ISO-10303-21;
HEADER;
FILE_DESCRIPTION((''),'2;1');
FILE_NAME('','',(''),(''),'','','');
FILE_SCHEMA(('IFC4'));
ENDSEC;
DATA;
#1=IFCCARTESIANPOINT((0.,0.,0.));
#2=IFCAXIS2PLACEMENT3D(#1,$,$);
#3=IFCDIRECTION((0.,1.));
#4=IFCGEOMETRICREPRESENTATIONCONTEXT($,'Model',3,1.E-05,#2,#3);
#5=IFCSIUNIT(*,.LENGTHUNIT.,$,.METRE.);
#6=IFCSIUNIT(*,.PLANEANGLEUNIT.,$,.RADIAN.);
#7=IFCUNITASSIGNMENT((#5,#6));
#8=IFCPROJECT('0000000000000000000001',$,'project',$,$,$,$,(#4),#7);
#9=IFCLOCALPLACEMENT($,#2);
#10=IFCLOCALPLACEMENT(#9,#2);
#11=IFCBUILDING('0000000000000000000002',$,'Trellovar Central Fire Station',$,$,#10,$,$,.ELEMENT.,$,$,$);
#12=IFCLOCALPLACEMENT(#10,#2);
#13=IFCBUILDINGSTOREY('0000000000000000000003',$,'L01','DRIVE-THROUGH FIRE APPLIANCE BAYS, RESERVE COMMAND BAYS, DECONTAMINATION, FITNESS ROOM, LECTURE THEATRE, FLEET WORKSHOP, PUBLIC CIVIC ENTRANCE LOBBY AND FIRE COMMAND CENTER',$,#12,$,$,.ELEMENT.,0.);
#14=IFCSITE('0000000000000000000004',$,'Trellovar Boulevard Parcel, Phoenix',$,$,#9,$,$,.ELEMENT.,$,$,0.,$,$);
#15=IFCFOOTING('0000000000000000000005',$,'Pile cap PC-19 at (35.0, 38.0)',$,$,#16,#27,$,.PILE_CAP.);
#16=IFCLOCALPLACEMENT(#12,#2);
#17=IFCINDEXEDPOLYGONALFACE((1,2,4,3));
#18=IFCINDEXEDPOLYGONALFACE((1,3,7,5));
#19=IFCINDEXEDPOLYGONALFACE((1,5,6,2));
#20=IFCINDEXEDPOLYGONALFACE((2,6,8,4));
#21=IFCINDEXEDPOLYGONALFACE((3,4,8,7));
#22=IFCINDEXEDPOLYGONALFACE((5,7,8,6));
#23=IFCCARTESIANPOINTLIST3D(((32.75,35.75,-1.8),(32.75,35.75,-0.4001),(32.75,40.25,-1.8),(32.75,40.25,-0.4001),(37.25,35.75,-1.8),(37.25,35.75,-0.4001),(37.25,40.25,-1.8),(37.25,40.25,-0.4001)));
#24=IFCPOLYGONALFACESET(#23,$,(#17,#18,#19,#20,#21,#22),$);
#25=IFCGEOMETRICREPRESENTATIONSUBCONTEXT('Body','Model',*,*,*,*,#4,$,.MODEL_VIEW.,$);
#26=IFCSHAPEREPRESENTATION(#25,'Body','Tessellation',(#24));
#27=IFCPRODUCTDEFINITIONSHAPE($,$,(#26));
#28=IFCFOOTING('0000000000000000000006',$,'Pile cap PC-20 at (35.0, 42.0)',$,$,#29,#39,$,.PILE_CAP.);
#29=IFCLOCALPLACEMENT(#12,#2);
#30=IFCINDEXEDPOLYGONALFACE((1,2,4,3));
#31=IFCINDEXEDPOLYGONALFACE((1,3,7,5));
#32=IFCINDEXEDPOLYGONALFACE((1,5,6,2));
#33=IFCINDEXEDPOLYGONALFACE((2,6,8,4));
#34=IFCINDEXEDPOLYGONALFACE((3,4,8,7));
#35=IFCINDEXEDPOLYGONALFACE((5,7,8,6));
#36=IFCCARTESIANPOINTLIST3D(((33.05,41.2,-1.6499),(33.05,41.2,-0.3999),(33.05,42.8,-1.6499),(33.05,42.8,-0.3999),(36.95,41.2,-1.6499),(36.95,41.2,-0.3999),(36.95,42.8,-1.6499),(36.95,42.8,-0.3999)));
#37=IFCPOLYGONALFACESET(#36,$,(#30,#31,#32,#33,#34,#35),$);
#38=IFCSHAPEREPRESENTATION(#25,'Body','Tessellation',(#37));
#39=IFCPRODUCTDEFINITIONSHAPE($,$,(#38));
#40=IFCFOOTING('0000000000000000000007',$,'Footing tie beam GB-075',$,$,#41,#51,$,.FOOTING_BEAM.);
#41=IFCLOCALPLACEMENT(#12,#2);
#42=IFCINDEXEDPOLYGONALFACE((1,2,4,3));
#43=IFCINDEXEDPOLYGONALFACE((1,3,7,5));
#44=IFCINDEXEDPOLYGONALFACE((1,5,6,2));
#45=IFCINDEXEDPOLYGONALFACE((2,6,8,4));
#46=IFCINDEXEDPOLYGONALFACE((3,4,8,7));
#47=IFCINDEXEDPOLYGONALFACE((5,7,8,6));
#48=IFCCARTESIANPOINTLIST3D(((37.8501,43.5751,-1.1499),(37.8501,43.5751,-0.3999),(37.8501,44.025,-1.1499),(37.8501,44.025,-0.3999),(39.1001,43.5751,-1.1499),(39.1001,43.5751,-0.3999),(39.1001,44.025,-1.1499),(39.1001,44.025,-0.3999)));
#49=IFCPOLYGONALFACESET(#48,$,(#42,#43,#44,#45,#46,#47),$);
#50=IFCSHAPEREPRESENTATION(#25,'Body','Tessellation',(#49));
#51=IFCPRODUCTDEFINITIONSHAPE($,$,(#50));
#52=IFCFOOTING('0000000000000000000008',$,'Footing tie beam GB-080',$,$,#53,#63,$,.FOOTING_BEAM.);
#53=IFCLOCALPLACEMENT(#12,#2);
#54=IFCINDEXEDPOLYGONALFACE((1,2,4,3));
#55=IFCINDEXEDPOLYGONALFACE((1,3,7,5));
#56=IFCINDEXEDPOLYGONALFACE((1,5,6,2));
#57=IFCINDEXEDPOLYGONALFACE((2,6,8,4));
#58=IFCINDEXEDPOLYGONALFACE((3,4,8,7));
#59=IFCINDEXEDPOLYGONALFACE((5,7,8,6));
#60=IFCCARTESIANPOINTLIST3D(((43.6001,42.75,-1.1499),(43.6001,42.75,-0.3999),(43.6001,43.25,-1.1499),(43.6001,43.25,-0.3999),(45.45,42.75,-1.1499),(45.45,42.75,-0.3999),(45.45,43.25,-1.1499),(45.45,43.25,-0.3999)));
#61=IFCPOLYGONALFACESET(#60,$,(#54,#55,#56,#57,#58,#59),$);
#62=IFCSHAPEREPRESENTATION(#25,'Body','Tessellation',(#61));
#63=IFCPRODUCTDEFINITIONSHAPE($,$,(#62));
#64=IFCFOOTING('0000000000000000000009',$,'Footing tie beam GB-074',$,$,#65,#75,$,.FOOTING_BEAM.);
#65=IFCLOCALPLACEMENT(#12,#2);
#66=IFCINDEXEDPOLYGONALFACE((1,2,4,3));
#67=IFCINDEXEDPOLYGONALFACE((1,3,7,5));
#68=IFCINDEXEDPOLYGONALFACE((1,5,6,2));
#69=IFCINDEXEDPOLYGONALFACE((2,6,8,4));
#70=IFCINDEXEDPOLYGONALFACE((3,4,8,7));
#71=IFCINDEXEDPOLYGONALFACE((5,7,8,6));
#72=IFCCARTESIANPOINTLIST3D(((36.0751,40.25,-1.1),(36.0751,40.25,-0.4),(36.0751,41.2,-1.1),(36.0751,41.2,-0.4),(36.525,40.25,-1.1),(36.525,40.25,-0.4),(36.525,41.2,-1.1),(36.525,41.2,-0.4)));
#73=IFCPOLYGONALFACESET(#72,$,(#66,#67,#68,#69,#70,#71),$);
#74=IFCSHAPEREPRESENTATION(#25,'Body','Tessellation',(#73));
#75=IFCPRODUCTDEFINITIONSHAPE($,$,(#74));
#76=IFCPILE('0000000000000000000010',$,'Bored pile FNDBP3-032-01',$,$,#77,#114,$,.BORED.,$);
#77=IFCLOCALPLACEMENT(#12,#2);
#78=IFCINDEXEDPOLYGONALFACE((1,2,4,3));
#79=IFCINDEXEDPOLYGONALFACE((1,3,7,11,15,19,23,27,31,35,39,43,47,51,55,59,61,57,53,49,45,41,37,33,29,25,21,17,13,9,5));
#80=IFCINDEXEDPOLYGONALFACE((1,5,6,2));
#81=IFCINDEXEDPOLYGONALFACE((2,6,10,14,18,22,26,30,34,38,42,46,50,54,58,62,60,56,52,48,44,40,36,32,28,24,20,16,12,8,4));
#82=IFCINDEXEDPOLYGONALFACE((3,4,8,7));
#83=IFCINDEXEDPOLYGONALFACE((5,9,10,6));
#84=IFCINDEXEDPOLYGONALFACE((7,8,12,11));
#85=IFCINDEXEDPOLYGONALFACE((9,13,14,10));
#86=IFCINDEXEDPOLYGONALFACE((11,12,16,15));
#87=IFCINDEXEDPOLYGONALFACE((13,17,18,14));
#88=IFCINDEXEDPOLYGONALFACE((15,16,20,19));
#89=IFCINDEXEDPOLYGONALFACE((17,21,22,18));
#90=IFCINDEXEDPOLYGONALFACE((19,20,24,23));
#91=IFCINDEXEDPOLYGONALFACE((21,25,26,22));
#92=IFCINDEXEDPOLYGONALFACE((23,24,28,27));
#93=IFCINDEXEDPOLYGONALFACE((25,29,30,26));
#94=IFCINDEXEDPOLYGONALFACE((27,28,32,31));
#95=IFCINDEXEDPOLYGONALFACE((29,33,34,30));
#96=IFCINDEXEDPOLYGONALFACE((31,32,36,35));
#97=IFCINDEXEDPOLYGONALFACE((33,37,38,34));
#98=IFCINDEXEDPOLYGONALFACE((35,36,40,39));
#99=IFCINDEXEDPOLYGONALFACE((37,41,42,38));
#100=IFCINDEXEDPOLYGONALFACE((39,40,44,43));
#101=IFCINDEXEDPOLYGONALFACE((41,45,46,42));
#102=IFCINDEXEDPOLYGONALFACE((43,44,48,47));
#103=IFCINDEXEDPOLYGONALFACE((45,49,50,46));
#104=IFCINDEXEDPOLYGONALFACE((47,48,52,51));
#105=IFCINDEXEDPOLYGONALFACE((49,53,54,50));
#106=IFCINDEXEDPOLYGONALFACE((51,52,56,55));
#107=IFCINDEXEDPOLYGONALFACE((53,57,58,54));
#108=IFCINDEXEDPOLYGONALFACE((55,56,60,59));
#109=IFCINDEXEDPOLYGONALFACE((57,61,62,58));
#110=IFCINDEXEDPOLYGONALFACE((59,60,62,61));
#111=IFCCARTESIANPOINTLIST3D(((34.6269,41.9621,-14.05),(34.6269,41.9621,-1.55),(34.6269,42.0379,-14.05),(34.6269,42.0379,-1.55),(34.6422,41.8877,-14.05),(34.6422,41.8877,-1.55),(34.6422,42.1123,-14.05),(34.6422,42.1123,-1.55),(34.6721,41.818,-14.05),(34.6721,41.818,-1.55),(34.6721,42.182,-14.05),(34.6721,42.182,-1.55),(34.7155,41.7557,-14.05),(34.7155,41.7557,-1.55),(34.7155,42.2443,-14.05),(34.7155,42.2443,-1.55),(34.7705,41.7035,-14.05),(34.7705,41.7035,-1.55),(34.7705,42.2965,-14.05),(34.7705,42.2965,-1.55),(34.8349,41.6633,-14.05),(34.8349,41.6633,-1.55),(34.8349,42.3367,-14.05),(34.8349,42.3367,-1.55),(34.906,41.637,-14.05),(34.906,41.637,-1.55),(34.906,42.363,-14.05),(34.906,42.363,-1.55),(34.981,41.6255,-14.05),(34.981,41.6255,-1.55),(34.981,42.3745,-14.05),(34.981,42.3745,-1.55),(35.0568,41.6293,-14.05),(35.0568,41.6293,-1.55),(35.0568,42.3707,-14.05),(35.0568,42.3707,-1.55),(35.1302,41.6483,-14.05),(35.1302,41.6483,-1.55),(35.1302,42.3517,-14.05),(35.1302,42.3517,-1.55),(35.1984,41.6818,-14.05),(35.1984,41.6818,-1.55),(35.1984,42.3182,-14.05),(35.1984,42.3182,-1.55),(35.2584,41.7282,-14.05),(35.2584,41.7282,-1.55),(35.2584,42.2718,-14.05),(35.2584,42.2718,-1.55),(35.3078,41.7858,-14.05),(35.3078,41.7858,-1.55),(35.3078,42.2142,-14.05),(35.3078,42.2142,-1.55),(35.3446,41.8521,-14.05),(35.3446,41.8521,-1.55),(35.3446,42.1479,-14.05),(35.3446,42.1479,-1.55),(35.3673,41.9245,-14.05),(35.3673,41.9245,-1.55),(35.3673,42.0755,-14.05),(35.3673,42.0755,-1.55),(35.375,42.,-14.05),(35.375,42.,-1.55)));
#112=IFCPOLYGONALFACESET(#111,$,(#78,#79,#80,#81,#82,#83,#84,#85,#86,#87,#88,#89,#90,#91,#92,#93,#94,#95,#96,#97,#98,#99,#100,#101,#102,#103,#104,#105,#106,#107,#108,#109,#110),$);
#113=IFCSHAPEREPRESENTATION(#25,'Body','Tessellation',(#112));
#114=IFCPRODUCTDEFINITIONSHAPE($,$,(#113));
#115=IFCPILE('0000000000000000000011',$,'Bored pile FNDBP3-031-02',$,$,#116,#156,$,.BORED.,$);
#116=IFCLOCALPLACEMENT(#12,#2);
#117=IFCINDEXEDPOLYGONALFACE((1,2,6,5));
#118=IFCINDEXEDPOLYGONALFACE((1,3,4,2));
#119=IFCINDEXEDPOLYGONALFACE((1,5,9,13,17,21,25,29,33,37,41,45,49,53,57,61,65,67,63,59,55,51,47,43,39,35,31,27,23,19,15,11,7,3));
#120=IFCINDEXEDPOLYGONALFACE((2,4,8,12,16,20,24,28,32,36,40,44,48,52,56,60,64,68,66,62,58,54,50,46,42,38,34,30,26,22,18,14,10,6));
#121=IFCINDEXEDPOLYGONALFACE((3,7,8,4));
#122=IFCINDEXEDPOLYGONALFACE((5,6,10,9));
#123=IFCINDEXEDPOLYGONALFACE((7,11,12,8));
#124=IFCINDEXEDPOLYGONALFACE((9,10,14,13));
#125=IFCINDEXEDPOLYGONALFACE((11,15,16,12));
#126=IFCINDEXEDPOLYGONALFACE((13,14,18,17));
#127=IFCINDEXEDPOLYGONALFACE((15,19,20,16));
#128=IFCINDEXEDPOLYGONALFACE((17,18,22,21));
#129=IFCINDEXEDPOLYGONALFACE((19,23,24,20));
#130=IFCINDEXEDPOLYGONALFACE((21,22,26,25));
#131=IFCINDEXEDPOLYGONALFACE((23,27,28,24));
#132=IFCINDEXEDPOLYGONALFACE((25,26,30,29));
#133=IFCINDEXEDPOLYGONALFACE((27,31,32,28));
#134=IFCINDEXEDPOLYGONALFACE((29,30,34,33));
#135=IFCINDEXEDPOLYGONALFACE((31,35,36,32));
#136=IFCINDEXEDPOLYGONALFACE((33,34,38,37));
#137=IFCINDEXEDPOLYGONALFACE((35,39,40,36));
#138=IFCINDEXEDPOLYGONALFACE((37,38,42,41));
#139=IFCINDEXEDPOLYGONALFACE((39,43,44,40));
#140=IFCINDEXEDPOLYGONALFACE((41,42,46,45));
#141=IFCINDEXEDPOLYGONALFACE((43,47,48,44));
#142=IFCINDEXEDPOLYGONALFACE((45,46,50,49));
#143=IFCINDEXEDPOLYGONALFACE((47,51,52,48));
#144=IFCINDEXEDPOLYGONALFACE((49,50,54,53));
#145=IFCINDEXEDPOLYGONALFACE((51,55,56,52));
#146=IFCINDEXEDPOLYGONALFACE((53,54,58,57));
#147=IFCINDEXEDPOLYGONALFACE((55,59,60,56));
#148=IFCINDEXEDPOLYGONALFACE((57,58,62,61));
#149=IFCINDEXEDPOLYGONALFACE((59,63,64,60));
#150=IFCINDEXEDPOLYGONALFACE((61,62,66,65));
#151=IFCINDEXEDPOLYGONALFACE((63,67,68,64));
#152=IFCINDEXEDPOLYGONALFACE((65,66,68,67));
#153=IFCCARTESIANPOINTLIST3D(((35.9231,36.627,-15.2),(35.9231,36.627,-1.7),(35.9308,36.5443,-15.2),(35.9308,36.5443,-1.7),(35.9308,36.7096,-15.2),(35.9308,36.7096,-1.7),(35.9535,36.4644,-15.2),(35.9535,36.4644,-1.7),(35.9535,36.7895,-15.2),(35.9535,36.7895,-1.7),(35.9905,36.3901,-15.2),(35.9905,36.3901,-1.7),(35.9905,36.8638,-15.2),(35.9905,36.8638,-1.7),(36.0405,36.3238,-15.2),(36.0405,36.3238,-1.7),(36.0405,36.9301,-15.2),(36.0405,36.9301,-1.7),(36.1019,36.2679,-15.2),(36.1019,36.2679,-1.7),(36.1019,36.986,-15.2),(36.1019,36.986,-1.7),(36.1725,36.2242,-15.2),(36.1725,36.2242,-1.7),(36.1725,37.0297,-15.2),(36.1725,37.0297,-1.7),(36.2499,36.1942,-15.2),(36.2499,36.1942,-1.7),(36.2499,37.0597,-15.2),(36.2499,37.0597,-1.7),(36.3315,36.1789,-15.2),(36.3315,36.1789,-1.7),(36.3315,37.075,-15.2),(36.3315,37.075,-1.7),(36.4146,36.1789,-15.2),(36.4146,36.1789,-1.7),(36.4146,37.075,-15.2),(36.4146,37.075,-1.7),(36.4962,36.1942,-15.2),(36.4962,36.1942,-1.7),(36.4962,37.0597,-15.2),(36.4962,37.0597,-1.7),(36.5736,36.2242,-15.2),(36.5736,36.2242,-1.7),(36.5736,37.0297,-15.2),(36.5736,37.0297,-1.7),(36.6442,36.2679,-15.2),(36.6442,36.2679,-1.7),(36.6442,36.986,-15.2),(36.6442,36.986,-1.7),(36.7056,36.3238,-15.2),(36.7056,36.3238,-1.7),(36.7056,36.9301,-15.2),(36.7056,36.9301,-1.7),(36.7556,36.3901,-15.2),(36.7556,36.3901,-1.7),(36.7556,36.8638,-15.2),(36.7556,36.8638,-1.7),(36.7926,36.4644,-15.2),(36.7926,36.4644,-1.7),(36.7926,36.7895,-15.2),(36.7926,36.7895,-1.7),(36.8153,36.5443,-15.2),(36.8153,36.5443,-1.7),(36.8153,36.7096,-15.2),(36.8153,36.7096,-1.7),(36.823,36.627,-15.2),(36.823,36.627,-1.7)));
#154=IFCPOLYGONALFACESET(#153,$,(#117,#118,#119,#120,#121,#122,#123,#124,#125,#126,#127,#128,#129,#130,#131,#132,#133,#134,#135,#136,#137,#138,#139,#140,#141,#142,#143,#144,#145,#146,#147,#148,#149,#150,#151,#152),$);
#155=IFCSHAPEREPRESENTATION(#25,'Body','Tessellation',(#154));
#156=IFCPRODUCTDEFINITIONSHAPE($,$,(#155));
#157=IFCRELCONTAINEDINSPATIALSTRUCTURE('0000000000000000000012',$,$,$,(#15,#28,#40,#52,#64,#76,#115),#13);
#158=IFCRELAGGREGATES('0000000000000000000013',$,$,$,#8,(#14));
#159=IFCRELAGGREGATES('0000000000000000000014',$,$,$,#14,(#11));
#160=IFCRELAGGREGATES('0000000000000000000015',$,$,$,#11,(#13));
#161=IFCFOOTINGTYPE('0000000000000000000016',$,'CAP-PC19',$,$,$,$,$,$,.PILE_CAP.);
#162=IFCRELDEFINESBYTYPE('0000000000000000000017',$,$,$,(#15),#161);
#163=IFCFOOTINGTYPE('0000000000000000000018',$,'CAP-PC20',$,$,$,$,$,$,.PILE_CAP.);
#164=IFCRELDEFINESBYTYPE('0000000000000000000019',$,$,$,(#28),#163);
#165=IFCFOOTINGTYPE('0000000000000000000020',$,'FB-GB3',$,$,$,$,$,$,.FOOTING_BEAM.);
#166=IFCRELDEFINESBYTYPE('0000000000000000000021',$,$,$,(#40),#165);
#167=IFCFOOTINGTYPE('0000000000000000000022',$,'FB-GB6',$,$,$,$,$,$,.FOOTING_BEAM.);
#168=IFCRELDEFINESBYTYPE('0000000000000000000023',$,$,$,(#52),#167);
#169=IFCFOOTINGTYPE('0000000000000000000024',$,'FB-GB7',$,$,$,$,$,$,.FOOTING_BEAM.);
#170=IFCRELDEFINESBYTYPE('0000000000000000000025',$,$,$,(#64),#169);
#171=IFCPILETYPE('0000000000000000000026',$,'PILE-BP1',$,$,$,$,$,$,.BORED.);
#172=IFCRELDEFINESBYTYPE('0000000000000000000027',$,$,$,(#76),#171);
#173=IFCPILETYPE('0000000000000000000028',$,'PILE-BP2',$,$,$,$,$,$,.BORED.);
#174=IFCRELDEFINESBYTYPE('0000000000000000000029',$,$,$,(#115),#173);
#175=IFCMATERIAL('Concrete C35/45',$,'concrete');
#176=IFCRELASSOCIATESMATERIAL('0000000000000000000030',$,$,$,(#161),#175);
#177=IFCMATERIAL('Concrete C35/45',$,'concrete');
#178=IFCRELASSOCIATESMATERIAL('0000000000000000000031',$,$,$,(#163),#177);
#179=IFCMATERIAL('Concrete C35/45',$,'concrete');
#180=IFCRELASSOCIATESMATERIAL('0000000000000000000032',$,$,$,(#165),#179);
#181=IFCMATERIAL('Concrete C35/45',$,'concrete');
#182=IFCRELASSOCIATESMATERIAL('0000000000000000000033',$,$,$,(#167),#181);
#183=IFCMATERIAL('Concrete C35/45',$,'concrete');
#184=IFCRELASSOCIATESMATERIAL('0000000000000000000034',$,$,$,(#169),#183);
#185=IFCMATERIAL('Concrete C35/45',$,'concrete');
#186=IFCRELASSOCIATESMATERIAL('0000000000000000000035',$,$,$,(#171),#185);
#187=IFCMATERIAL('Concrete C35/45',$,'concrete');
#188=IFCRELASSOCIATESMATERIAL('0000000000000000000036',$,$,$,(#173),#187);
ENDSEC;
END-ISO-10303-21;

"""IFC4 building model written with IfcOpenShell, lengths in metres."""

from ifc_helpers import new_model, si_unit, direction, frame, origin, origin_2d, place, context, subcontext, project, spatial, rectangle, circle, extrude, material, material_profile, profile_set, type_object, element, save


model = new_model("IFC4")

# Units and contexts
model_context = context("Model", 3, precision=1e-05, world=origin(), true_north=direction((0.0, 1.0)))
body_context = subcontext(model_context, "Body", "Model", "MODEL_VIEW")
ifc_project = project(units=[si_unit("LENGTHUNIT", "METRE"), si_unit("PLANEANGLEUNIT", "RADIAN")], contexts=[model_context])

# Site, building, storey
site_placement = place(None, origin())
site = spatial("IfcSite", under=ifc_project, at=site_placement, Name="Trellovar Boulevard Parcel, Phoenix", CompositionType="ELEMENT", RefElevation=0.0)
building_placement = place(site_placement, origin())
building = spatial("IfcBuilding", under=site, at=building_placement, Name="Trellovar Central Fire Station", CompositionType="ELEMENT")
storey_placement = place(building_placement, origin())
storey = spatial("IfcBuildingStorey", under=building, at=storey_placement, Name="L01", Description="DRIVE-THROUGH FIRE APPLIANCE BAYS, RESERVE COMMAND BAYS, DECONTAMINATION, FITNESS ROOM, LECTURE THEATRE, FLEET WORKSHOP, PUBLIC CIVIC ENTRANCE LOBBY AND FIRE COMMAND CENTER", CompositionType="ELEMENT", Elevation=0.0)

# Footings
ifc_material_1 = material(Name="Concrete C35/45", Category="concrete")
footing_type_1 = type_object("IfcFootingType", Name="CAP-PC19", PredefinedType="PILE_CAP", material=ifc_material_1)
footing_1_placement = place(storey_placement, frame((35.0, 38.0, -1.8), z_axis=(0.0, 0.0, 1.0), x_axis=(1.0, 0.0, 0.0)))
element("IfcFooting", 1, at=footing_1_placement, inside=storey, type_object=footing_type_1, Name="Pile cap PC-19 at (35.0, 38.0)", PredefinedType="PILE_CAP", context=body_context, shape_type="SweptSolid", body=[
    extrude(rectangle(XDim=4.5, YDim=4.5, at=origin_2d()), origin(), (0.0, 0.0, 1.0), 1.3999),
])
ifc_material_2 = material(Name="Concrete C35/45", Category="concrete")
footing_type_2 = type_object("IfcFootingType", Name="CAP-PC20", PredefinedType="PILE_CAP", material=ifc_material_2)
footing_2_placement = place(storey_placement, frame((35.0, 42.0, -1.6499), z_axis=(0.0, 0.0, 1.0), x_axis=(1.0, 0.0, 0.0)))
element("IfcFooting", 2, at=footing_2_placement, inside=storey, type_object=footing_type_2, Name="Pile cap PC-20 at (35.0, 42.0)", PredefinedType="PILE_CAP", context=body_context, shape_type="SweptSolid", body=[
    extrude(rectangle(XDim=3.8999, YDim=1.6001, at=origin_2d()), origin(), (0.0, 0.0, 1.0), 1.25),
])
ifc_material_3 = material(Name="Concrete C35/45", Category="concrete")
ifc_material_profile_1 = material_profile(ifc_material_3, rectangle(XDim=0.45, YDim=0.75, at=origin_2d()), Name="RC450X750")
ifc_profile_set_1 = profile_set([ifc_material_profile_1], Name="Concrete C35/45")
footing_type_3 = type_object("IfcFootingType", Name="FB-GB3", PredefinedType="FOOTING_BEAM", material=ifc_profile_set_1)
footing_3_placement = place(storey_placement, frame((37.8501, 43.8, -0.7749), z_axis=(1.0, 0.0, 0.0), x_axis=(0.0, 1.0, 0.0)))
element("IfcFooting", 3, at=footing_3_placement, inside=storey, type_object=footing_type_3, Name="Footing tie beam GB-075", PredefinedType="FOOTING_BEAM", context=body_context, shape_type="SweptSolid", body=[
    extrude(rectangle(XDim=0.45, YDim=0.75, at=origin_2d()), origin(), (0.0, 0.0, 1.0), 1.25),
])
ifc_material_4 = material(Name="Concrete C35/45", Category="concrete")
ifc_material_profile_2 = material_profile(ifc_material_4, rectangle(XDim=0.5, YDim=0.75, at=origin_2d()), Name="RC500X750")
ifc_profile_set_2 = profile_set([ifc_material_profile_2], Name="Concrete C35/45")
footing_type_4 = type_object("IfcFootingType", Name="FB-GB6", PredefinedType="FOOTING_BEAM", material=ifc_profile_set_2)
footing_4_placement = place(storey_placement, frame((43.6001, 43.0, -0.7749), z_axis=(1.0, 0.0, 0.0), x_axis=(0.0, 1.0, 0.0)))
element("IfcFooting", 4, at=footing_4_placement, inside=storey, type_object=footing_type_4, Name="Footing tie beam GB-080", PredefinedType="FOOTING_BEAM", context=body_context, shape_type="SweptSolid", body=[
    extrude(rectangle(XDim=0.5, YDim=0.75, at=origin_2d()), origin(), (0.0, 0.0, 1.0), 1.8499),
])
ifc_material_5 = material(Name="Concrete C35/45", Category="concrete")
ifc_material_profile_3 = material_profile(ifc_material_5, rectangle(XDim=0.45, YDim=0.7, at=origin_2d()), Name="RC450X700")
ifc_profile_set_3 = profile_set([ifc_material_profile_3], Name="Concrete C35/45")
footing_type_5 = type_object("IfcFootingType", Name="FB-GB7", PredefinedType="FOOTING_BEAM", material=ifc_profile_set_3)
footing_5_placement = place(storey_placement, frame((36.3, 40.25, -0.75), z_axis=(0.0, 1.0, 0.0), x_axis=(-1.0, 0.0, 0.0)))
element("IfcFooting", 5, at=footing_5_placement, inside=storey, type_object=footing_type_5, Name="Footing tie beam GB-074", PredefinedType="FOOTING_BEAM", context=body_context, shape_type="SweptSolid", body=[
    extrude(rectangle(XDim=0.45, YDim=0.7, at=origin_2d()), origin(), (0.0, 0.0, 1.0), 0.95),
])

# Piles
ifc_material_6 = material(Name="Concrete C35/45", Category="concrete")
ifc_material_profile_4 = material_profile(ifc_material_6, circle(Radius=0.375, at=origin_2d()), Name="PILE750")
ifc_profile_set_4 = profile_set([ifc_material_profile_4], Name="Concrete C35/45")
pile_type_1 = type_object("IfcPileType", Name="PILE-BP1", PredefinedType="BORED", material=ifc_profile_set_4)
pile_placement = place(storey_placement, frame((35.0, 42.0, -1.55), z_axis=(0.0, 0.0, -1.0), x_axis=(1.0, 0.0, 0.0)))
element("IfcPile", 6, at=pile_placement, inside=storey, type_object=pile_type_1, Name="Bored pile FNDBP3-032-01", PredefinedType="BORED", context=body_context, shape_type="SweptSolid", body=[
    extrude(circle(Radius=0.375, at=origin_2d()), origin(), (0.0, 0.0, 1.0), 12.5),
])
ifc_material_7 = material(Name="Concrete C35/45", Category="concrete")
ifc_material_profile_5 = material_profile(ifc_material_7, circle(Radius=0.45, at=origin_2d()), Name="PILE900")
ifc_profile_set_5 = profile_set([ifc_material_profile_5], Name="Concrete C35/45")
pile_type_2 = type_object("IfcPileType", Name="PILE-BP2", PredefinedType="BORED", material=ifc_profile_set_5)
for number, where, z_axis, x_axis, name in (
    (7, (36.373, 36.627, -1.7), (0.0, 0.0, -1.0), (1.0, 0.0, 0.0), "Bored pile FNDBP3-031-02"),
):
    element("IfcPile", number, at=place(storey_placement, frame(where, z_axis=z_axis, x_axis=x_axis)), inside=storey, type_object=pile_type_2, Name=name, PredefinedType="BORED", context=body_context, shape_type="SweptSolid", body=[
        extrude(circle(Radius=0.45, at=origin_2d()), origin(), (0.0, 0.0, 1.0), 13.5),
    ])

save(model, "model.ifc")
